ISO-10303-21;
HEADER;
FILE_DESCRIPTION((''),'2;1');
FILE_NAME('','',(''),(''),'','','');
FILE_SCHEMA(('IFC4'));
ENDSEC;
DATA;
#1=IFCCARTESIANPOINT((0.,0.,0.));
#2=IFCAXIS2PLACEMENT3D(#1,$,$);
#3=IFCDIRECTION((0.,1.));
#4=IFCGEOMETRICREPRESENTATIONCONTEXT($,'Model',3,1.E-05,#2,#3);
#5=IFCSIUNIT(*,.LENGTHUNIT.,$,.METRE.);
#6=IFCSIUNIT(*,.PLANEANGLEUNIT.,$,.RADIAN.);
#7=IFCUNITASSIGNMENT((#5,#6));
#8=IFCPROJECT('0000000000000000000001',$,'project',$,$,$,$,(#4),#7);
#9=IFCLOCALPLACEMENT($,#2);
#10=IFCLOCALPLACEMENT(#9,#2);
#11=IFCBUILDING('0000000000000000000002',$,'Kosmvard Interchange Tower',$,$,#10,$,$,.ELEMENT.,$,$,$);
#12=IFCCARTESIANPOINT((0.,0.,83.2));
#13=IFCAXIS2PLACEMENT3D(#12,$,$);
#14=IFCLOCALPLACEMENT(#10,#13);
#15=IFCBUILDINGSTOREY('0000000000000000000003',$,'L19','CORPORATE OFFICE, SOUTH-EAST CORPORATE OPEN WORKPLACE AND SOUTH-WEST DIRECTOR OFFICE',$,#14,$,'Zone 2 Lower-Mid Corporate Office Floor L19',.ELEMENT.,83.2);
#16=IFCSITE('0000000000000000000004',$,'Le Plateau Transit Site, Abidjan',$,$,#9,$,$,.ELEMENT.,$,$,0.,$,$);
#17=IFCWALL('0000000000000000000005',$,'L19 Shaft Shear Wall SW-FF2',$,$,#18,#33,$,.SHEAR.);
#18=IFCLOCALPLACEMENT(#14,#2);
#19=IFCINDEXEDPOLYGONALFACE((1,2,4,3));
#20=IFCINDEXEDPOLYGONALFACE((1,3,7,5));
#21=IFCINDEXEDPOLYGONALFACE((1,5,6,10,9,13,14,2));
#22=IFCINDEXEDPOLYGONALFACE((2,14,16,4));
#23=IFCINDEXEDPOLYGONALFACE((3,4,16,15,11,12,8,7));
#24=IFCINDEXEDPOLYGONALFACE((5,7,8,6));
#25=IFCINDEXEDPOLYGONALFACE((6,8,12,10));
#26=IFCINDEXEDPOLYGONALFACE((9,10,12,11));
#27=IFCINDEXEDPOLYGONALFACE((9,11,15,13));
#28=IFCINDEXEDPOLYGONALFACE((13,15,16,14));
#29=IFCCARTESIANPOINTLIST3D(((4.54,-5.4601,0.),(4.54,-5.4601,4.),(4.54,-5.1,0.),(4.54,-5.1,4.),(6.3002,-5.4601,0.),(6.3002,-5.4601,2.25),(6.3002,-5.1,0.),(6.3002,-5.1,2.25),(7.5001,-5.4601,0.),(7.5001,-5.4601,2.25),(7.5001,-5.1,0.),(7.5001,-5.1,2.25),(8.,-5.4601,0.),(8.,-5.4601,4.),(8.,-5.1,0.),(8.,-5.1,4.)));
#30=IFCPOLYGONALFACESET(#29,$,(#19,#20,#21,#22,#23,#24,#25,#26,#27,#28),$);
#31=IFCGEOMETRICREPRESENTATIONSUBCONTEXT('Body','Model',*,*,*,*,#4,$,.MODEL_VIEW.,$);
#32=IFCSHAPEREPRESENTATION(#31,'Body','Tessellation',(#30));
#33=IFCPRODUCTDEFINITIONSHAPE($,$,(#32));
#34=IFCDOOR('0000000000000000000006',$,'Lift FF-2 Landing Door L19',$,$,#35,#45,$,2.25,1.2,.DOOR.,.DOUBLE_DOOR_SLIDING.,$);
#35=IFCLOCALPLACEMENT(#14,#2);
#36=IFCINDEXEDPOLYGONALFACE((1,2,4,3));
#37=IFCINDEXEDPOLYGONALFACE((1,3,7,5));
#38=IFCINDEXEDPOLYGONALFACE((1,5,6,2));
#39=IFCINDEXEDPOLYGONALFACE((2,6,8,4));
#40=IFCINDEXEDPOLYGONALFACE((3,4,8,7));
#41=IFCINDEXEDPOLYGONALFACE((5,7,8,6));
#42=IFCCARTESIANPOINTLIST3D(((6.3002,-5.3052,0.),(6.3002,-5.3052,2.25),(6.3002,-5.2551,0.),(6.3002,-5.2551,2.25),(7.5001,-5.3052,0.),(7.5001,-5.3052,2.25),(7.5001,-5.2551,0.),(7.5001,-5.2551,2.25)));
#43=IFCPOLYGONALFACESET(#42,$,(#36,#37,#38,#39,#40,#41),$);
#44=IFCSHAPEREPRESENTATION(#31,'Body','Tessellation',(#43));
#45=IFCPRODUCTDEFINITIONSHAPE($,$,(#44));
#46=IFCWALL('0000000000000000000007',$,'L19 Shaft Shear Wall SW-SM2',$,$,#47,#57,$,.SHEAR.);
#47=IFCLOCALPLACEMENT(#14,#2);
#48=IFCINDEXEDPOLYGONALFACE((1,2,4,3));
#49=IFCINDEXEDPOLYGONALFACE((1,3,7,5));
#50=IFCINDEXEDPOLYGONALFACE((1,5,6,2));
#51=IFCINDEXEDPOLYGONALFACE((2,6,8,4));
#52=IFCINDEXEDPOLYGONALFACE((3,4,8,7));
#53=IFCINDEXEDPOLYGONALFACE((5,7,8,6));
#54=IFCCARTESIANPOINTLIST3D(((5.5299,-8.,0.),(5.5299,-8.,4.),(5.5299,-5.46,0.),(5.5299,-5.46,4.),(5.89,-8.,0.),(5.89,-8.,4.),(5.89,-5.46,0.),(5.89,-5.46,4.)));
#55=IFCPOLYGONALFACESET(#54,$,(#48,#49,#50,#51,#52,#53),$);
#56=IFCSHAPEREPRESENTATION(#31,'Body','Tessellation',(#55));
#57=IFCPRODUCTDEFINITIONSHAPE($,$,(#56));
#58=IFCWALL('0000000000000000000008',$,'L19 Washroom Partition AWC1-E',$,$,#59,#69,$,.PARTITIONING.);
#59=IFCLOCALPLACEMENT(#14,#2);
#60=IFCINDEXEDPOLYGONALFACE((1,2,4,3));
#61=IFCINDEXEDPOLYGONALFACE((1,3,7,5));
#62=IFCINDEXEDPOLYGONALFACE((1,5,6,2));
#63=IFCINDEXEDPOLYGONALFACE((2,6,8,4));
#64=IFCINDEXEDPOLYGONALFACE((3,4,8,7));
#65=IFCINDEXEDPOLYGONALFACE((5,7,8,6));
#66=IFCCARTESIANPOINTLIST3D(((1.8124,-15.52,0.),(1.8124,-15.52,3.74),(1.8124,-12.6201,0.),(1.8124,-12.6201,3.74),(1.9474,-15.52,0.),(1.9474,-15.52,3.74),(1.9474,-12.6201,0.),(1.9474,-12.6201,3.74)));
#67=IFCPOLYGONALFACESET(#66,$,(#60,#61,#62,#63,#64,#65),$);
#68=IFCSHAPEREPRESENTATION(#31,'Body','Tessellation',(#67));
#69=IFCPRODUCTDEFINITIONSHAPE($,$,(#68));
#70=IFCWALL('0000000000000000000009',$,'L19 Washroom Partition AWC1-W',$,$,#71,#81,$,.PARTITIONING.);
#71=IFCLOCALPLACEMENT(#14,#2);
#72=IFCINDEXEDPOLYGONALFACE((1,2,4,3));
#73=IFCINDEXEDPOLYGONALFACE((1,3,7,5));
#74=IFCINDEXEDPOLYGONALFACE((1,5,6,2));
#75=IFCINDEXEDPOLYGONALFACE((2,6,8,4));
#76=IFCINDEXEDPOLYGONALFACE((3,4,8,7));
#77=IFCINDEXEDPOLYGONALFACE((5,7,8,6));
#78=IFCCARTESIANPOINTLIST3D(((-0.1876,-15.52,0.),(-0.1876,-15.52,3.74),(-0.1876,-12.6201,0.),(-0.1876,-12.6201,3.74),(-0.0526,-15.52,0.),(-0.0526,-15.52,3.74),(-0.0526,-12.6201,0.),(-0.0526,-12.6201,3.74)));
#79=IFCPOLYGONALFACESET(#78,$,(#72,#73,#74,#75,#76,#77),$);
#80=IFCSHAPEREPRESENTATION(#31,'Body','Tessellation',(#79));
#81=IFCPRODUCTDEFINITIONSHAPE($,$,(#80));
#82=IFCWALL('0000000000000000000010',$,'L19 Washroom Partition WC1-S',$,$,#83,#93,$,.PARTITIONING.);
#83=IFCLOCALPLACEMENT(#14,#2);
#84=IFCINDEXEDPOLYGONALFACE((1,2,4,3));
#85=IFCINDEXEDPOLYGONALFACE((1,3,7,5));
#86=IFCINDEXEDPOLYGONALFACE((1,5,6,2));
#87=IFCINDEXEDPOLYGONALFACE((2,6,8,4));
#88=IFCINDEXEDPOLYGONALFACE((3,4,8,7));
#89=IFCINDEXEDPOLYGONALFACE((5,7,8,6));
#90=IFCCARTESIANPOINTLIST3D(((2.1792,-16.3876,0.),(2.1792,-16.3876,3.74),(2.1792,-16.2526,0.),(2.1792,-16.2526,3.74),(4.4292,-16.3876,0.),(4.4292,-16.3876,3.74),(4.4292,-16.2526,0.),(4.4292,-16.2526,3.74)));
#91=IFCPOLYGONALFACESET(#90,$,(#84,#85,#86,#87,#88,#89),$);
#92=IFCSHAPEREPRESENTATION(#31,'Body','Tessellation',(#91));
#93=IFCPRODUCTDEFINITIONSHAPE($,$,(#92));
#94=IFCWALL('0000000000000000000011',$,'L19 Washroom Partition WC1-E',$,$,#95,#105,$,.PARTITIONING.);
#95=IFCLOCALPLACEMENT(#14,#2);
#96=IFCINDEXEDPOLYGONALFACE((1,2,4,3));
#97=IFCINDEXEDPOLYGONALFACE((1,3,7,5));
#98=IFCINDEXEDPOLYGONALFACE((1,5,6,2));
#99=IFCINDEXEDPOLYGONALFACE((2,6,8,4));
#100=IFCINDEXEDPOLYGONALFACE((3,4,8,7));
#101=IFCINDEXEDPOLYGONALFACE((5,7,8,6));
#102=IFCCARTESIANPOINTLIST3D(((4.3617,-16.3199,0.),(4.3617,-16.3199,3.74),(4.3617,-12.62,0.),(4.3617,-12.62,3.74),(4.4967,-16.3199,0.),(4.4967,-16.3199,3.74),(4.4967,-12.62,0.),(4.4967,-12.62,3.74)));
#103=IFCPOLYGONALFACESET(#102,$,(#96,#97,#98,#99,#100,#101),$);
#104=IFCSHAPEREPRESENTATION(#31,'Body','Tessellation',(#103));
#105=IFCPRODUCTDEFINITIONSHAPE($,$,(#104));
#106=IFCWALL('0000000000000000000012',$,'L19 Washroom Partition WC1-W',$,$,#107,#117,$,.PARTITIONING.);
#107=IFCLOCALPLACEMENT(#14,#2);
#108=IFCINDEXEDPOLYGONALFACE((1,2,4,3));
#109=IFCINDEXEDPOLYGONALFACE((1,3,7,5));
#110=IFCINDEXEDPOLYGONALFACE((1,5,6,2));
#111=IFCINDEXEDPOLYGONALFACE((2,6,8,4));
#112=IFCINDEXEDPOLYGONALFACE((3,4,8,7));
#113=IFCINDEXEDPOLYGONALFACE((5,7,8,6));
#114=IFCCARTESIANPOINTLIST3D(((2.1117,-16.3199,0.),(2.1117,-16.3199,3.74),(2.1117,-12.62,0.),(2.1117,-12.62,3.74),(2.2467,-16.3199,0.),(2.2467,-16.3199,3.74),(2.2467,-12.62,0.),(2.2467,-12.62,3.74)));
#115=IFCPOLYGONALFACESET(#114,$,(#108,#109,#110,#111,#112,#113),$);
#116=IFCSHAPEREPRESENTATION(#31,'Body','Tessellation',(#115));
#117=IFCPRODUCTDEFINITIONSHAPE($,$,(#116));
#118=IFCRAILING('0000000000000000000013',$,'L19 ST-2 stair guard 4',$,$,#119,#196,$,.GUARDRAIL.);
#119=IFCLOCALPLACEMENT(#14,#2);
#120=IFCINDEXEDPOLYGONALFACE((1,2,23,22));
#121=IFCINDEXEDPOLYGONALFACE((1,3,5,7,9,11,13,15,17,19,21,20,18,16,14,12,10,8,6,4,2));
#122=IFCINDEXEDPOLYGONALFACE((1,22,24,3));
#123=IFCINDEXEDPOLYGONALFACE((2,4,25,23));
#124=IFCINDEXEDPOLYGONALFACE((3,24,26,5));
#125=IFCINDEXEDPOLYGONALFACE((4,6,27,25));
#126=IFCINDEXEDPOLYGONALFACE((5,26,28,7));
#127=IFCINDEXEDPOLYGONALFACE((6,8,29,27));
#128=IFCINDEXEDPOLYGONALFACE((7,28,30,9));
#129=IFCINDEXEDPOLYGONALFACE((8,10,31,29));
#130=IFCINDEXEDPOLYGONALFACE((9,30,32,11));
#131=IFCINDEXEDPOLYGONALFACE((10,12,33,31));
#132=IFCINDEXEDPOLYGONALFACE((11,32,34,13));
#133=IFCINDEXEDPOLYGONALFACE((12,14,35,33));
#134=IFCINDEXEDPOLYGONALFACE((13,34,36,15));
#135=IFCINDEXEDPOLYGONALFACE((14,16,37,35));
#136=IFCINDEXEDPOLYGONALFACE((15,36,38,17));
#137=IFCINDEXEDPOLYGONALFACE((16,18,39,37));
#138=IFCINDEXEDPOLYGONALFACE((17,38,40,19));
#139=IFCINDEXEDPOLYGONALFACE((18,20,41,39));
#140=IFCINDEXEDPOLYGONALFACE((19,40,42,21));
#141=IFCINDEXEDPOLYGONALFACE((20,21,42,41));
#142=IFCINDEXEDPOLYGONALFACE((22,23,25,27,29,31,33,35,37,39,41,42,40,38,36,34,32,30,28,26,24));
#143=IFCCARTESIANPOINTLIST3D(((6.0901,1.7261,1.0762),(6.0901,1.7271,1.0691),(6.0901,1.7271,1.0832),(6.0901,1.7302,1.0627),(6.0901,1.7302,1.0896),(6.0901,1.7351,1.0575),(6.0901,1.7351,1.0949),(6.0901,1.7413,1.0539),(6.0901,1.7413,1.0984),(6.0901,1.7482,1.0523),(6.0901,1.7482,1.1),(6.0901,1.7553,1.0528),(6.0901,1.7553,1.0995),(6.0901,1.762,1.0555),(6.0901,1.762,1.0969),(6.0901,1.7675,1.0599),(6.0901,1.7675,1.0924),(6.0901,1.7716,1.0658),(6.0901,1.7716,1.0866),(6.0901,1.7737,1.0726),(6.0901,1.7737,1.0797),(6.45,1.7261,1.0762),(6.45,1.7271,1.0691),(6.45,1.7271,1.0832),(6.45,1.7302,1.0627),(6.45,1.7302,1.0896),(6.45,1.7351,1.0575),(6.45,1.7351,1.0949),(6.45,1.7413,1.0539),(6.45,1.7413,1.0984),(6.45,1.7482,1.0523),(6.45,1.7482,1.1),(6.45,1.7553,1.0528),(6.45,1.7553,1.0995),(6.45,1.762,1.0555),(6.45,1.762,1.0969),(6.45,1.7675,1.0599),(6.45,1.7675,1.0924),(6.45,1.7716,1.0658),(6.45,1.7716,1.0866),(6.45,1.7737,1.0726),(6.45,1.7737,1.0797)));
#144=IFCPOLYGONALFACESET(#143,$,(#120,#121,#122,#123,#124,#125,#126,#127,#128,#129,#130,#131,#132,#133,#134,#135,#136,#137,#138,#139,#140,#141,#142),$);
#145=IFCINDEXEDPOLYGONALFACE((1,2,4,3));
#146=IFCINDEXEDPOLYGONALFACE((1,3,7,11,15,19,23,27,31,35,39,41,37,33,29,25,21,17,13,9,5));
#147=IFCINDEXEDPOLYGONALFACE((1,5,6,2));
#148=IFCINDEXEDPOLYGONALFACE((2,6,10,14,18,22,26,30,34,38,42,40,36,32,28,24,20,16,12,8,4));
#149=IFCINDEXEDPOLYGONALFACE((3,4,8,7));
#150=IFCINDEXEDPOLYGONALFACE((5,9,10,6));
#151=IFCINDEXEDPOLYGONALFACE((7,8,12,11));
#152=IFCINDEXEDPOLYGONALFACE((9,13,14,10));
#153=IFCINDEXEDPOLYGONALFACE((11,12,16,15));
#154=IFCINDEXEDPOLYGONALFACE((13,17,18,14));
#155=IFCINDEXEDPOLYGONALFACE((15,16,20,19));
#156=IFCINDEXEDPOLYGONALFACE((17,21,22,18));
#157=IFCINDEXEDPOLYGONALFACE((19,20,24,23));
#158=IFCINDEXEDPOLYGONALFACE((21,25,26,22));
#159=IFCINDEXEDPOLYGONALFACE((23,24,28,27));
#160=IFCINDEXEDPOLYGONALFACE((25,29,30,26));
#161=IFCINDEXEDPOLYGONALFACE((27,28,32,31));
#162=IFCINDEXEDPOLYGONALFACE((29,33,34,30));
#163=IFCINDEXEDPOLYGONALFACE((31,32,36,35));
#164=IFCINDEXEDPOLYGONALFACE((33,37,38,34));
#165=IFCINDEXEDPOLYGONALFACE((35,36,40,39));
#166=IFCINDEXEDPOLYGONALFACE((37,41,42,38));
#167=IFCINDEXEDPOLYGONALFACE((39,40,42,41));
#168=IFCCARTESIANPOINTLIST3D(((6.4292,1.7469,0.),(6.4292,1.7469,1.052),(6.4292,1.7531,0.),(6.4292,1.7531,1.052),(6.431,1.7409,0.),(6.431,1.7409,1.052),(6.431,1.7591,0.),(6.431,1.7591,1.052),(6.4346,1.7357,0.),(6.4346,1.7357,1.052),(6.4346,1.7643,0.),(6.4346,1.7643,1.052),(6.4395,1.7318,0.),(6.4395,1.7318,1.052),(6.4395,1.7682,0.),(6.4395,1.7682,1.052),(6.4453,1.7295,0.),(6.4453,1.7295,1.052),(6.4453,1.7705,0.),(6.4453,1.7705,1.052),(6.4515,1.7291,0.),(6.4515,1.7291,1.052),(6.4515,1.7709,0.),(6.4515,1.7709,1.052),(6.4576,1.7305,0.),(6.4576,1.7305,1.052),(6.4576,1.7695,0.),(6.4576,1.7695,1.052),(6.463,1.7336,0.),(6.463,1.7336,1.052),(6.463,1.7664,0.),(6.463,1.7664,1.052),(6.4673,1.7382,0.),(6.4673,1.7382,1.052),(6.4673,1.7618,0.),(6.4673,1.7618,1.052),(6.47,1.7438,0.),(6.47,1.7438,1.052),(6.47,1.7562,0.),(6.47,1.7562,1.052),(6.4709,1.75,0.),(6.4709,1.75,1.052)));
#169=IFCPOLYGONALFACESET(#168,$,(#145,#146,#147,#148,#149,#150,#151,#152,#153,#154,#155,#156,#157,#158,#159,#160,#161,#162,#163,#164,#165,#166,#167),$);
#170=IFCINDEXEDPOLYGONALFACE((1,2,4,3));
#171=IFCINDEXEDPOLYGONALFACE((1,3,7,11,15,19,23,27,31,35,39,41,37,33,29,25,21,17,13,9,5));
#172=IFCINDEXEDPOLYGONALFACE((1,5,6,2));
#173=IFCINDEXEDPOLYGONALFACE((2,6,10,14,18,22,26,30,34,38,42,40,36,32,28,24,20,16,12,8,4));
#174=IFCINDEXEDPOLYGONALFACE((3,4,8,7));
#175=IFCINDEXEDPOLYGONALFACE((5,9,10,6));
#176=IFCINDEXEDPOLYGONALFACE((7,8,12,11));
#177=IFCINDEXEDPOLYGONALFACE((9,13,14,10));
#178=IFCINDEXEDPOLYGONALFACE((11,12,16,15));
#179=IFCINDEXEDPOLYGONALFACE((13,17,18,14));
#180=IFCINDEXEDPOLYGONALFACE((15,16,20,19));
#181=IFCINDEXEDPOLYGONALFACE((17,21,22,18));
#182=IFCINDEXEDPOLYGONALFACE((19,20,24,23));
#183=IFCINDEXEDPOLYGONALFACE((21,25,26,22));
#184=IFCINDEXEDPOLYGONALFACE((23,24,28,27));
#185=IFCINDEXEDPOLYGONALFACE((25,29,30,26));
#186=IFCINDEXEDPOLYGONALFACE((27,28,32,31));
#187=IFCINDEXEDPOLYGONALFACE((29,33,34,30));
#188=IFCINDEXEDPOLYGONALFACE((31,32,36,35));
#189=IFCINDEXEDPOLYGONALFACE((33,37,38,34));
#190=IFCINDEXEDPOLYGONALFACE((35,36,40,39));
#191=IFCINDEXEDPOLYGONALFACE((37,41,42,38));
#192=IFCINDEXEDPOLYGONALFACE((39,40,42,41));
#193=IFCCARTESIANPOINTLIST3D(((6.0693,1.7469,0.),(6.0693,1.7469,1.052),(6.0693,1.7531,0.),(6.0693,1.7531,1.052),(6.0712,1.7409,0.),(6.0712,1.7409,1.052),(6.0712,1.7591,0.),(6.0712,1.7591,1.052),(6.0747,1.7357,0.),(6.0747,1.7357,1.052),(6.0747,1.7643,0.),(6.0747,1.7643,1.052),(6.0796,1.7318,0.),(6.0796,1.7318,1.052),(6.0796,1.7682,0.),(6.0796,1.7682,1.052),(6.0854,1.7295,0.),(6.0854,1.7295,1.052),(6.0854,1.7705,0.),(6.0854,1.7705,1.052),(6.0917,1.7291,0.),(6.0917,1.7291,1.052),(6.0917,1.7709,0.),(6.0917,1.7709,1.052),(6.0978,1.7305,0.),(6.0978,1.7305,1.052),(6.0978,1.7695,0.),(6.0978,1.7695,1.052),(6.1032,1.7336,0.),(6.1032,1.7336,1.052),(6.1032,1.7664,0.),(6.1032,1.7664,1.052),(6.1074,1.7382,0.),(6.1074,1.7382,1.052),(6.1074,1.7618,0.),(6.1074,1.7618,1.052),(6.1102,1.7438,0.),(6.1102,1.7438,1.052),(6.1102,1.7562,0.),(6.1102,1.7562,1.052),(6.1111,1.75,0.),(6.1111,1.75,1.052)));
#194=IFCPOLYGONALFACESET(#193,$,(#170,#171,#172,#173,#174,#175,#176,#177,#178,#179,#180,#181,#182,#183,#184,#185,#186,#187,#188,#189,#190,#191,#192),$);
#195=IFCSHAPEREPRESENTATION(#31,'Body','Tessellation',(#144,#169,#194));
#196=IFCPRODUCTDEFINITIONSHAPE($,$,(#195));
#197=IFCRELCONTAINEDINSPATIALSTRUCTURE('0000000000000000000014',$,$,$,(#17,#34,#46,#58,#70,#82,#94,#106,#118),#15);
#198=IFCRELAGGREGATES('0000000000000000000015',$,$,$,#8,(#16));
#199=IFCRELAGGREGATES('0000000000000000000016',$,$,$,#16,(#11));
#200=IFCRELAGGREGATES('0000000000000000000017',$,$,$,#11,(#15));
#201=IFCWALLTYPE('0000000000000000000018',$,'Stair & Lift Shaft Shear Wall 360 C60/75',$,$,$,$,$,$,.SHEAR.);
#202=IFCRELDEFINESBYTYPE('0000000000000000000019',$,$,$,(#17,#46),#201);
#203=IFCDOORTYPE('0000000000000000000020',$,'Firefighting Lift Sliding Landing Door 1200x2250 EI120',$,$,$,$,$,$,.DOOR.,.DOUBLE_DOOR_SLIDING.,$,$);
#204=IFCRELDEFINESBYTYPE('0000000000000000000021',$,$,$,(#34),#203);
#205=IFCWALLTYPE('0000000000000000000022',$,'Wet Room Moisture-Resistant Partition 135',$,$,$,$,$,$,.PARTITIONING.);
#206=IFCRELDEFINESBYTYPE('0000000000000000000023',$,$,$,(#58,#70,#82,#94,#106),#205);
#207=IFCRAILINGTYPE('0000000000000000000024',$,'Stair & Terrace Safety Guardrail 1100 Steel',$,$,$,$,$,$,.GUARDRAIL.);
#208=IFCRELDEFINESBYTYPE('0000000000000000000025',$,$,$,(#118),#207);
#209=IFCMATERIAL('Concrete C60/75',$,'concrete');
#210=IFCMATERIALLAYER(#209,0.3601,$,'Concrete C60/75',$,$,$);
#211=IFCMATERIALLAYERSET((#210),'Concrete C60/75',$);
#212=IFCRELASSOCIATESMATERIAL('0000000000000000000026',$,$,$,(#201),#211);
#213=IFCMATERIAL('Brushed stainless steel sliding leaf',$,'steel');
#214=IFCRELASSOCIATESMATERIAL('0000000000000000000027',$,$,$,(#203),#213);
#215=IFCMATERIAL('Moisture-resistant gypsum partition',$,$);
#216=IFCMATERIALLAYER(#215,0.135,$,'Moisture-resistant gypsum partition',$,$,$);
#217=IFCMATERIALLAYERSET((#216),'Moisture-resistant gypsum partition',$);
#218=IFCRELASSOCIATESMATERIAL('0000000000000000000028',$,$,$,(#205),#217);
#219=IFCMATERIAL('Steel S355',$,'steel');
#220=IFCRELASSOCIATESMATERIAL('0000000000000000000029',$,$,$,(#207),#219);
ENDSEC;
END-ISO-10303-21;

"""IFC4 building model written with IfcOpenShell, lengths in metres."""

from ifc_helpers import new_model, si_unit, direction, frame, frame_2d, origin, origin_2d, place, context, subcontext, project, spatial, rectangle, circle, extrude, source, transform, mapped, material, layer, layer_set, type_object, element, fill, save


model = new_model("IFC4")

# Units and contexts
model_context = context("Model", 3, precision=1e-05, world=origin(), true_north=direction((0.0, 1.0)))
body_context = subcontext(model_context, "Body", "Model", "MODEL_VIEW")
ifc_project = project(units=[si_unit("LENGTHUNIT", "METRE"), si_unit("PLANEANGLEUNIT", "RADIAN")], contexts=[model_context])

# Site, building, storey
site_placement = place(None, origin())
site = spatial("IfcSite", under=ifc_project, at=site_placement, Name="Le Plateau Transit Site, Abidjan", CompositionType="ELEMENT", RefElevation=0.0)
building_placement = place(site_placement, origin())
building = spatial("IfcBuilding", under=site, at=building_placement, Name="Kosmvard Interchange Tower", CompositionType="ELEMENT")
storey_placement = place(building_placement, frame((0.0, 0.0, 83.2)))
storey = spatial("IfcBuildingStorey", under=building, at=storey_placement, Name="L19", Description="CORPORATE OFFICE, SOUTH-EAST CORPORATE OPEN WORKPLACE AND SOUTH-WEST DIRECTOR OFFICE", LongName="Zone 2 Lower-Mid Corporate Office Floor L19", CompositionType="ELEMENT", Elevation=83.2)

# Shared definitions
ifc_material_1 = material(Name="Concrete C60/75", Category="concrete")

# Shared definitions
ifc_material_2 = material(Name="Steel S355", Category="steel")

# Shared definitions
ifc_material_3 = material(Name="Brushed stainless steel sliding leaf", Category="steel")

# Shared definitions
ifc_layer_1 = layer(ifc_material_1, 0.3601, Name="Concrete C60/75")
ifc_layer_set_1 = layer_set([ifc_layer_1], Name="Concrete C60/75")
wall_type_1 = type_object("IfcWallType", Name="Stair & Lift Shaft Shear Wall 360 C60/75", PredefinedType="SHEAR", material=ifc_layer_set_1)

# Wall, opening, door
wall_1_placement = place(storey_placement, frame((4.54, -5.28, 0.0), z_axis=(0.0, 0.0, 1.0), x_axis=(1.0, 0.0, 0.0)))
wall_1 = element("IfcWall", 1, at=wall_1_placement, inside=storey, type_object=wall_type_1, Name="L19 Shaft Shear Wall SW-FF2", PredefinedType="SHEAR", context=body_context, shape_type="SweptSolid", body=[
    extrude(rectangle(XDim=3.46, YDim=0.3601, at=frame_2d((1.73, 0.0))), origin(), (0.0, 0.0, 1.0), 4.0),
])
opening_1_placement = place(wall_1_placement, frame((1.76, 0.0, 0.0)))
opening_1 = element("IfcOpeningElement", 2, at=opening_1_placement, cuts=wall_1, PredefinedType="OPENING", context=body_context, shape_type="SweptSolid", body=[
    extrude(rectangle(XDim=1.2, YDim=2.25, at=frame_2d((0.6001, 1.125))), frame((0.0, 0.1899, 0.0), z_axis=(0.0, -1.0, 0.0), x_axis=(1.0, 0.0, 0.0)), (0.0, 0.0, 1.0), 0.3801),
])
door_type_1 = type_object("IfcDoorType", Name="Firefighting Lift Sliding Landing Door 1200x2250 EI120", OperationType="DOUBLE_DOOR_SLIDING", PredefinedType="DOOR", material=ifc_material_3)
shared_shape_1 = source(origin(), body_context, "Body", "SweptSolid", [
    extrude(rectangle(XDim=1.2, YDim=2.25, at=frame_2d((0.6001, 1.125))), frame((0.0, 0.0249, 0.0), z_axis=(0.0, -1.0, 0.0), x_axis=(1.0, 0.0, 0.0)), (0.0, 0.0, 1.0), 0.05),
])
door_1_placement = place(opening_1_placement, origin())
door_1 = element("IfcDoor", 3, at=door_1_placement, inside=storey, type_object=door_type_1, Name="Lift FF-2 Landing Door L19", OperationType="DOUBLE_DOOR_SLIDING", OverallHeight=2.25, OverallWidth=1.2, PredefinedType="DOOR", context=body_context, shape_type="MappedRepresentation", body=[
    mapped(shared_shape_1, transform((0.0, 0.0, 0.0), scale=1.0)),
])
fill(opening_1, door_1)

# Walls
wall_2_placement = place(storey_placement, frame((5.71, -8.0, 0.0), z_axis=(0.0, 0.0, 1.0), x_axis=(0.0, 1.0, 0.0)))
element("IfcWall", 4, at=wall_2_placement, inside=storey, type_object=wall_type_1, Name="L19 Shaft Shear Wall SW-SM2", PredefinedType="SHEAR", context=body_context, shape_type="SweptSolid", body=[
    extrude(rectangle(XDim=2.54, YDim=0.3601, at=frame_2d((1.27, 0.0))), origin(), (0.0, 0.0, 1.0), 4.0),
])
ifc_material_4 = material(Name="Moisture-resistant gypsum partition")
ifc_layer_2 = layer(ifc_material_4, 0.135, Name="Moisture-resistant gypsum partition")
ifc_layer_set_2 = layer_set([ifc_layer_2], Name="Moisture-resistant gypsum partition")
wall_type_2 = type_object("IfcWallType", Name="Wet Room Moisture-Resistant Partition 135", PredefinedType="PARTITIONING", material=ifc_layer_set_2)
for number, where, z_axis, x_axis, name in (
    (5, (1.8799, -15.52, 0.0), (0.0, 0.0, 1.0), (0.0, 1.0, 0.0), "L19 Washroom Partition AWC1-E"),
    (6, (-0.1201, -15.52, 0.0), (0.0, 0.0, 1.0), (0.0, 1.0, 0.0), "L19 Washroom Partition AWC1-W"),
):
    element("IfcWall", number, at=place(storey_placement, frame(where, z_axis=z_axis, x_axis=x_axis)), inside=storey, type_object=wall_type_2, Name=name, PredefinedType="PARTITIONING", context=body_context, shape_type="SweptSolid", body=[
        extrude(rectangle(XDim=2.8999, YDim=0.135, at=frame_2d((1.45, 0.0))), origin(), (0.0, 0.0, 1.0), 3.74),
    ])
wall_3_placement = place(storey_placement, frame((2.1792, -16.3201, 0.0), z_axis=(0.0, 0.0, 1.0), x_axis=(1.0, 0.0, 0.0)))
element("IfcWall", 7, at=wall_3_placement, inside=storey, type_object=wall_type_2, Name="L19 Washroom Partition WC1-S", PredefinedType="PARTITIONING", context=body_context, shape_type="SweptSolid", body=[
    extrude(rectangle(XDim=2.25, YDim=0.135, at=frame_2d((1.125, 0.0))), origin(), (0.0, 0.0, 1.0), 3.74),
])
for number, where, z_axis, x_axis, name in (
    (8, (4.4292, -16.3201, 0.0), (0.0, 0.0, 1.0), (0.0, 1.0, 0.0), "L19 Washroom Partition WC1-E"),
    (9, (2.1792, -16.3201, 0.0), (0.0, 0.0, 1.0), (0.0, 1.0, 0.0), "L19 Washroom Partition WC1-W"),
):
    element("IfcWall", number, at=place(storey_placement, frame(where, z_axis=z_axis, x_axis=x_axis)), inside=storey, type_object=wall_type_2, Name=name, PredefinedType="PARTITIONING", context=body_context, shape_type="SweptSolid", body=[
        extrude(rectangle(XDim=3.7, YDim=0.135, at=frame_2d((1.8501, 0.0))), origin(), (0.0, 0.0, 1.0), 3.74),
    ])

# Railing
railing_type = type_object("IfcRailingType", Name="Stair & Terrace Safety Guardrail 1100 Steel", PredefinedType="GUARDRAIL", material=ifc_material_2)
shared_shape_2 = source(origin(), body_context, "Body", "SweptSolid", [
    extrude(circle(Radius=0.0239, at=origin_2d()), frame((0.0, 0.0, 1.0762), z_axis=(-1.0, 0.0, 0.0), x_axis=(0.0, -1.0, 0.0)), (0.0, 0.0, 1.0), 0.3599),
    extrude(circle(Radius=0.021, at=origin_2d()), origin(), (0.0, 0.0, 1.0), 1.052),
    extrude(circle(Radius=0.021, at=origin_2d()), frame((-0.3599, 0.0, 0.0)), (0.0, 0.0, 1.0), 1.052),
])
railing_placement = place(storey_placement, frame((6.45, 1.75, 0.0)))
element("IfcRailing", 10, at=railing_placement, inside=storey, type_object=railing_type, Name="L19 ST-2 stair guard 4", PredefinedType="GUARDRAIL", context=body_context, shape_type="MappedRepresentation", body=[
    mapped(shared_shape_2, transform((0.0, 0.0, 0.0), scale=1.0)),
])

save(model, "model.ifc")
